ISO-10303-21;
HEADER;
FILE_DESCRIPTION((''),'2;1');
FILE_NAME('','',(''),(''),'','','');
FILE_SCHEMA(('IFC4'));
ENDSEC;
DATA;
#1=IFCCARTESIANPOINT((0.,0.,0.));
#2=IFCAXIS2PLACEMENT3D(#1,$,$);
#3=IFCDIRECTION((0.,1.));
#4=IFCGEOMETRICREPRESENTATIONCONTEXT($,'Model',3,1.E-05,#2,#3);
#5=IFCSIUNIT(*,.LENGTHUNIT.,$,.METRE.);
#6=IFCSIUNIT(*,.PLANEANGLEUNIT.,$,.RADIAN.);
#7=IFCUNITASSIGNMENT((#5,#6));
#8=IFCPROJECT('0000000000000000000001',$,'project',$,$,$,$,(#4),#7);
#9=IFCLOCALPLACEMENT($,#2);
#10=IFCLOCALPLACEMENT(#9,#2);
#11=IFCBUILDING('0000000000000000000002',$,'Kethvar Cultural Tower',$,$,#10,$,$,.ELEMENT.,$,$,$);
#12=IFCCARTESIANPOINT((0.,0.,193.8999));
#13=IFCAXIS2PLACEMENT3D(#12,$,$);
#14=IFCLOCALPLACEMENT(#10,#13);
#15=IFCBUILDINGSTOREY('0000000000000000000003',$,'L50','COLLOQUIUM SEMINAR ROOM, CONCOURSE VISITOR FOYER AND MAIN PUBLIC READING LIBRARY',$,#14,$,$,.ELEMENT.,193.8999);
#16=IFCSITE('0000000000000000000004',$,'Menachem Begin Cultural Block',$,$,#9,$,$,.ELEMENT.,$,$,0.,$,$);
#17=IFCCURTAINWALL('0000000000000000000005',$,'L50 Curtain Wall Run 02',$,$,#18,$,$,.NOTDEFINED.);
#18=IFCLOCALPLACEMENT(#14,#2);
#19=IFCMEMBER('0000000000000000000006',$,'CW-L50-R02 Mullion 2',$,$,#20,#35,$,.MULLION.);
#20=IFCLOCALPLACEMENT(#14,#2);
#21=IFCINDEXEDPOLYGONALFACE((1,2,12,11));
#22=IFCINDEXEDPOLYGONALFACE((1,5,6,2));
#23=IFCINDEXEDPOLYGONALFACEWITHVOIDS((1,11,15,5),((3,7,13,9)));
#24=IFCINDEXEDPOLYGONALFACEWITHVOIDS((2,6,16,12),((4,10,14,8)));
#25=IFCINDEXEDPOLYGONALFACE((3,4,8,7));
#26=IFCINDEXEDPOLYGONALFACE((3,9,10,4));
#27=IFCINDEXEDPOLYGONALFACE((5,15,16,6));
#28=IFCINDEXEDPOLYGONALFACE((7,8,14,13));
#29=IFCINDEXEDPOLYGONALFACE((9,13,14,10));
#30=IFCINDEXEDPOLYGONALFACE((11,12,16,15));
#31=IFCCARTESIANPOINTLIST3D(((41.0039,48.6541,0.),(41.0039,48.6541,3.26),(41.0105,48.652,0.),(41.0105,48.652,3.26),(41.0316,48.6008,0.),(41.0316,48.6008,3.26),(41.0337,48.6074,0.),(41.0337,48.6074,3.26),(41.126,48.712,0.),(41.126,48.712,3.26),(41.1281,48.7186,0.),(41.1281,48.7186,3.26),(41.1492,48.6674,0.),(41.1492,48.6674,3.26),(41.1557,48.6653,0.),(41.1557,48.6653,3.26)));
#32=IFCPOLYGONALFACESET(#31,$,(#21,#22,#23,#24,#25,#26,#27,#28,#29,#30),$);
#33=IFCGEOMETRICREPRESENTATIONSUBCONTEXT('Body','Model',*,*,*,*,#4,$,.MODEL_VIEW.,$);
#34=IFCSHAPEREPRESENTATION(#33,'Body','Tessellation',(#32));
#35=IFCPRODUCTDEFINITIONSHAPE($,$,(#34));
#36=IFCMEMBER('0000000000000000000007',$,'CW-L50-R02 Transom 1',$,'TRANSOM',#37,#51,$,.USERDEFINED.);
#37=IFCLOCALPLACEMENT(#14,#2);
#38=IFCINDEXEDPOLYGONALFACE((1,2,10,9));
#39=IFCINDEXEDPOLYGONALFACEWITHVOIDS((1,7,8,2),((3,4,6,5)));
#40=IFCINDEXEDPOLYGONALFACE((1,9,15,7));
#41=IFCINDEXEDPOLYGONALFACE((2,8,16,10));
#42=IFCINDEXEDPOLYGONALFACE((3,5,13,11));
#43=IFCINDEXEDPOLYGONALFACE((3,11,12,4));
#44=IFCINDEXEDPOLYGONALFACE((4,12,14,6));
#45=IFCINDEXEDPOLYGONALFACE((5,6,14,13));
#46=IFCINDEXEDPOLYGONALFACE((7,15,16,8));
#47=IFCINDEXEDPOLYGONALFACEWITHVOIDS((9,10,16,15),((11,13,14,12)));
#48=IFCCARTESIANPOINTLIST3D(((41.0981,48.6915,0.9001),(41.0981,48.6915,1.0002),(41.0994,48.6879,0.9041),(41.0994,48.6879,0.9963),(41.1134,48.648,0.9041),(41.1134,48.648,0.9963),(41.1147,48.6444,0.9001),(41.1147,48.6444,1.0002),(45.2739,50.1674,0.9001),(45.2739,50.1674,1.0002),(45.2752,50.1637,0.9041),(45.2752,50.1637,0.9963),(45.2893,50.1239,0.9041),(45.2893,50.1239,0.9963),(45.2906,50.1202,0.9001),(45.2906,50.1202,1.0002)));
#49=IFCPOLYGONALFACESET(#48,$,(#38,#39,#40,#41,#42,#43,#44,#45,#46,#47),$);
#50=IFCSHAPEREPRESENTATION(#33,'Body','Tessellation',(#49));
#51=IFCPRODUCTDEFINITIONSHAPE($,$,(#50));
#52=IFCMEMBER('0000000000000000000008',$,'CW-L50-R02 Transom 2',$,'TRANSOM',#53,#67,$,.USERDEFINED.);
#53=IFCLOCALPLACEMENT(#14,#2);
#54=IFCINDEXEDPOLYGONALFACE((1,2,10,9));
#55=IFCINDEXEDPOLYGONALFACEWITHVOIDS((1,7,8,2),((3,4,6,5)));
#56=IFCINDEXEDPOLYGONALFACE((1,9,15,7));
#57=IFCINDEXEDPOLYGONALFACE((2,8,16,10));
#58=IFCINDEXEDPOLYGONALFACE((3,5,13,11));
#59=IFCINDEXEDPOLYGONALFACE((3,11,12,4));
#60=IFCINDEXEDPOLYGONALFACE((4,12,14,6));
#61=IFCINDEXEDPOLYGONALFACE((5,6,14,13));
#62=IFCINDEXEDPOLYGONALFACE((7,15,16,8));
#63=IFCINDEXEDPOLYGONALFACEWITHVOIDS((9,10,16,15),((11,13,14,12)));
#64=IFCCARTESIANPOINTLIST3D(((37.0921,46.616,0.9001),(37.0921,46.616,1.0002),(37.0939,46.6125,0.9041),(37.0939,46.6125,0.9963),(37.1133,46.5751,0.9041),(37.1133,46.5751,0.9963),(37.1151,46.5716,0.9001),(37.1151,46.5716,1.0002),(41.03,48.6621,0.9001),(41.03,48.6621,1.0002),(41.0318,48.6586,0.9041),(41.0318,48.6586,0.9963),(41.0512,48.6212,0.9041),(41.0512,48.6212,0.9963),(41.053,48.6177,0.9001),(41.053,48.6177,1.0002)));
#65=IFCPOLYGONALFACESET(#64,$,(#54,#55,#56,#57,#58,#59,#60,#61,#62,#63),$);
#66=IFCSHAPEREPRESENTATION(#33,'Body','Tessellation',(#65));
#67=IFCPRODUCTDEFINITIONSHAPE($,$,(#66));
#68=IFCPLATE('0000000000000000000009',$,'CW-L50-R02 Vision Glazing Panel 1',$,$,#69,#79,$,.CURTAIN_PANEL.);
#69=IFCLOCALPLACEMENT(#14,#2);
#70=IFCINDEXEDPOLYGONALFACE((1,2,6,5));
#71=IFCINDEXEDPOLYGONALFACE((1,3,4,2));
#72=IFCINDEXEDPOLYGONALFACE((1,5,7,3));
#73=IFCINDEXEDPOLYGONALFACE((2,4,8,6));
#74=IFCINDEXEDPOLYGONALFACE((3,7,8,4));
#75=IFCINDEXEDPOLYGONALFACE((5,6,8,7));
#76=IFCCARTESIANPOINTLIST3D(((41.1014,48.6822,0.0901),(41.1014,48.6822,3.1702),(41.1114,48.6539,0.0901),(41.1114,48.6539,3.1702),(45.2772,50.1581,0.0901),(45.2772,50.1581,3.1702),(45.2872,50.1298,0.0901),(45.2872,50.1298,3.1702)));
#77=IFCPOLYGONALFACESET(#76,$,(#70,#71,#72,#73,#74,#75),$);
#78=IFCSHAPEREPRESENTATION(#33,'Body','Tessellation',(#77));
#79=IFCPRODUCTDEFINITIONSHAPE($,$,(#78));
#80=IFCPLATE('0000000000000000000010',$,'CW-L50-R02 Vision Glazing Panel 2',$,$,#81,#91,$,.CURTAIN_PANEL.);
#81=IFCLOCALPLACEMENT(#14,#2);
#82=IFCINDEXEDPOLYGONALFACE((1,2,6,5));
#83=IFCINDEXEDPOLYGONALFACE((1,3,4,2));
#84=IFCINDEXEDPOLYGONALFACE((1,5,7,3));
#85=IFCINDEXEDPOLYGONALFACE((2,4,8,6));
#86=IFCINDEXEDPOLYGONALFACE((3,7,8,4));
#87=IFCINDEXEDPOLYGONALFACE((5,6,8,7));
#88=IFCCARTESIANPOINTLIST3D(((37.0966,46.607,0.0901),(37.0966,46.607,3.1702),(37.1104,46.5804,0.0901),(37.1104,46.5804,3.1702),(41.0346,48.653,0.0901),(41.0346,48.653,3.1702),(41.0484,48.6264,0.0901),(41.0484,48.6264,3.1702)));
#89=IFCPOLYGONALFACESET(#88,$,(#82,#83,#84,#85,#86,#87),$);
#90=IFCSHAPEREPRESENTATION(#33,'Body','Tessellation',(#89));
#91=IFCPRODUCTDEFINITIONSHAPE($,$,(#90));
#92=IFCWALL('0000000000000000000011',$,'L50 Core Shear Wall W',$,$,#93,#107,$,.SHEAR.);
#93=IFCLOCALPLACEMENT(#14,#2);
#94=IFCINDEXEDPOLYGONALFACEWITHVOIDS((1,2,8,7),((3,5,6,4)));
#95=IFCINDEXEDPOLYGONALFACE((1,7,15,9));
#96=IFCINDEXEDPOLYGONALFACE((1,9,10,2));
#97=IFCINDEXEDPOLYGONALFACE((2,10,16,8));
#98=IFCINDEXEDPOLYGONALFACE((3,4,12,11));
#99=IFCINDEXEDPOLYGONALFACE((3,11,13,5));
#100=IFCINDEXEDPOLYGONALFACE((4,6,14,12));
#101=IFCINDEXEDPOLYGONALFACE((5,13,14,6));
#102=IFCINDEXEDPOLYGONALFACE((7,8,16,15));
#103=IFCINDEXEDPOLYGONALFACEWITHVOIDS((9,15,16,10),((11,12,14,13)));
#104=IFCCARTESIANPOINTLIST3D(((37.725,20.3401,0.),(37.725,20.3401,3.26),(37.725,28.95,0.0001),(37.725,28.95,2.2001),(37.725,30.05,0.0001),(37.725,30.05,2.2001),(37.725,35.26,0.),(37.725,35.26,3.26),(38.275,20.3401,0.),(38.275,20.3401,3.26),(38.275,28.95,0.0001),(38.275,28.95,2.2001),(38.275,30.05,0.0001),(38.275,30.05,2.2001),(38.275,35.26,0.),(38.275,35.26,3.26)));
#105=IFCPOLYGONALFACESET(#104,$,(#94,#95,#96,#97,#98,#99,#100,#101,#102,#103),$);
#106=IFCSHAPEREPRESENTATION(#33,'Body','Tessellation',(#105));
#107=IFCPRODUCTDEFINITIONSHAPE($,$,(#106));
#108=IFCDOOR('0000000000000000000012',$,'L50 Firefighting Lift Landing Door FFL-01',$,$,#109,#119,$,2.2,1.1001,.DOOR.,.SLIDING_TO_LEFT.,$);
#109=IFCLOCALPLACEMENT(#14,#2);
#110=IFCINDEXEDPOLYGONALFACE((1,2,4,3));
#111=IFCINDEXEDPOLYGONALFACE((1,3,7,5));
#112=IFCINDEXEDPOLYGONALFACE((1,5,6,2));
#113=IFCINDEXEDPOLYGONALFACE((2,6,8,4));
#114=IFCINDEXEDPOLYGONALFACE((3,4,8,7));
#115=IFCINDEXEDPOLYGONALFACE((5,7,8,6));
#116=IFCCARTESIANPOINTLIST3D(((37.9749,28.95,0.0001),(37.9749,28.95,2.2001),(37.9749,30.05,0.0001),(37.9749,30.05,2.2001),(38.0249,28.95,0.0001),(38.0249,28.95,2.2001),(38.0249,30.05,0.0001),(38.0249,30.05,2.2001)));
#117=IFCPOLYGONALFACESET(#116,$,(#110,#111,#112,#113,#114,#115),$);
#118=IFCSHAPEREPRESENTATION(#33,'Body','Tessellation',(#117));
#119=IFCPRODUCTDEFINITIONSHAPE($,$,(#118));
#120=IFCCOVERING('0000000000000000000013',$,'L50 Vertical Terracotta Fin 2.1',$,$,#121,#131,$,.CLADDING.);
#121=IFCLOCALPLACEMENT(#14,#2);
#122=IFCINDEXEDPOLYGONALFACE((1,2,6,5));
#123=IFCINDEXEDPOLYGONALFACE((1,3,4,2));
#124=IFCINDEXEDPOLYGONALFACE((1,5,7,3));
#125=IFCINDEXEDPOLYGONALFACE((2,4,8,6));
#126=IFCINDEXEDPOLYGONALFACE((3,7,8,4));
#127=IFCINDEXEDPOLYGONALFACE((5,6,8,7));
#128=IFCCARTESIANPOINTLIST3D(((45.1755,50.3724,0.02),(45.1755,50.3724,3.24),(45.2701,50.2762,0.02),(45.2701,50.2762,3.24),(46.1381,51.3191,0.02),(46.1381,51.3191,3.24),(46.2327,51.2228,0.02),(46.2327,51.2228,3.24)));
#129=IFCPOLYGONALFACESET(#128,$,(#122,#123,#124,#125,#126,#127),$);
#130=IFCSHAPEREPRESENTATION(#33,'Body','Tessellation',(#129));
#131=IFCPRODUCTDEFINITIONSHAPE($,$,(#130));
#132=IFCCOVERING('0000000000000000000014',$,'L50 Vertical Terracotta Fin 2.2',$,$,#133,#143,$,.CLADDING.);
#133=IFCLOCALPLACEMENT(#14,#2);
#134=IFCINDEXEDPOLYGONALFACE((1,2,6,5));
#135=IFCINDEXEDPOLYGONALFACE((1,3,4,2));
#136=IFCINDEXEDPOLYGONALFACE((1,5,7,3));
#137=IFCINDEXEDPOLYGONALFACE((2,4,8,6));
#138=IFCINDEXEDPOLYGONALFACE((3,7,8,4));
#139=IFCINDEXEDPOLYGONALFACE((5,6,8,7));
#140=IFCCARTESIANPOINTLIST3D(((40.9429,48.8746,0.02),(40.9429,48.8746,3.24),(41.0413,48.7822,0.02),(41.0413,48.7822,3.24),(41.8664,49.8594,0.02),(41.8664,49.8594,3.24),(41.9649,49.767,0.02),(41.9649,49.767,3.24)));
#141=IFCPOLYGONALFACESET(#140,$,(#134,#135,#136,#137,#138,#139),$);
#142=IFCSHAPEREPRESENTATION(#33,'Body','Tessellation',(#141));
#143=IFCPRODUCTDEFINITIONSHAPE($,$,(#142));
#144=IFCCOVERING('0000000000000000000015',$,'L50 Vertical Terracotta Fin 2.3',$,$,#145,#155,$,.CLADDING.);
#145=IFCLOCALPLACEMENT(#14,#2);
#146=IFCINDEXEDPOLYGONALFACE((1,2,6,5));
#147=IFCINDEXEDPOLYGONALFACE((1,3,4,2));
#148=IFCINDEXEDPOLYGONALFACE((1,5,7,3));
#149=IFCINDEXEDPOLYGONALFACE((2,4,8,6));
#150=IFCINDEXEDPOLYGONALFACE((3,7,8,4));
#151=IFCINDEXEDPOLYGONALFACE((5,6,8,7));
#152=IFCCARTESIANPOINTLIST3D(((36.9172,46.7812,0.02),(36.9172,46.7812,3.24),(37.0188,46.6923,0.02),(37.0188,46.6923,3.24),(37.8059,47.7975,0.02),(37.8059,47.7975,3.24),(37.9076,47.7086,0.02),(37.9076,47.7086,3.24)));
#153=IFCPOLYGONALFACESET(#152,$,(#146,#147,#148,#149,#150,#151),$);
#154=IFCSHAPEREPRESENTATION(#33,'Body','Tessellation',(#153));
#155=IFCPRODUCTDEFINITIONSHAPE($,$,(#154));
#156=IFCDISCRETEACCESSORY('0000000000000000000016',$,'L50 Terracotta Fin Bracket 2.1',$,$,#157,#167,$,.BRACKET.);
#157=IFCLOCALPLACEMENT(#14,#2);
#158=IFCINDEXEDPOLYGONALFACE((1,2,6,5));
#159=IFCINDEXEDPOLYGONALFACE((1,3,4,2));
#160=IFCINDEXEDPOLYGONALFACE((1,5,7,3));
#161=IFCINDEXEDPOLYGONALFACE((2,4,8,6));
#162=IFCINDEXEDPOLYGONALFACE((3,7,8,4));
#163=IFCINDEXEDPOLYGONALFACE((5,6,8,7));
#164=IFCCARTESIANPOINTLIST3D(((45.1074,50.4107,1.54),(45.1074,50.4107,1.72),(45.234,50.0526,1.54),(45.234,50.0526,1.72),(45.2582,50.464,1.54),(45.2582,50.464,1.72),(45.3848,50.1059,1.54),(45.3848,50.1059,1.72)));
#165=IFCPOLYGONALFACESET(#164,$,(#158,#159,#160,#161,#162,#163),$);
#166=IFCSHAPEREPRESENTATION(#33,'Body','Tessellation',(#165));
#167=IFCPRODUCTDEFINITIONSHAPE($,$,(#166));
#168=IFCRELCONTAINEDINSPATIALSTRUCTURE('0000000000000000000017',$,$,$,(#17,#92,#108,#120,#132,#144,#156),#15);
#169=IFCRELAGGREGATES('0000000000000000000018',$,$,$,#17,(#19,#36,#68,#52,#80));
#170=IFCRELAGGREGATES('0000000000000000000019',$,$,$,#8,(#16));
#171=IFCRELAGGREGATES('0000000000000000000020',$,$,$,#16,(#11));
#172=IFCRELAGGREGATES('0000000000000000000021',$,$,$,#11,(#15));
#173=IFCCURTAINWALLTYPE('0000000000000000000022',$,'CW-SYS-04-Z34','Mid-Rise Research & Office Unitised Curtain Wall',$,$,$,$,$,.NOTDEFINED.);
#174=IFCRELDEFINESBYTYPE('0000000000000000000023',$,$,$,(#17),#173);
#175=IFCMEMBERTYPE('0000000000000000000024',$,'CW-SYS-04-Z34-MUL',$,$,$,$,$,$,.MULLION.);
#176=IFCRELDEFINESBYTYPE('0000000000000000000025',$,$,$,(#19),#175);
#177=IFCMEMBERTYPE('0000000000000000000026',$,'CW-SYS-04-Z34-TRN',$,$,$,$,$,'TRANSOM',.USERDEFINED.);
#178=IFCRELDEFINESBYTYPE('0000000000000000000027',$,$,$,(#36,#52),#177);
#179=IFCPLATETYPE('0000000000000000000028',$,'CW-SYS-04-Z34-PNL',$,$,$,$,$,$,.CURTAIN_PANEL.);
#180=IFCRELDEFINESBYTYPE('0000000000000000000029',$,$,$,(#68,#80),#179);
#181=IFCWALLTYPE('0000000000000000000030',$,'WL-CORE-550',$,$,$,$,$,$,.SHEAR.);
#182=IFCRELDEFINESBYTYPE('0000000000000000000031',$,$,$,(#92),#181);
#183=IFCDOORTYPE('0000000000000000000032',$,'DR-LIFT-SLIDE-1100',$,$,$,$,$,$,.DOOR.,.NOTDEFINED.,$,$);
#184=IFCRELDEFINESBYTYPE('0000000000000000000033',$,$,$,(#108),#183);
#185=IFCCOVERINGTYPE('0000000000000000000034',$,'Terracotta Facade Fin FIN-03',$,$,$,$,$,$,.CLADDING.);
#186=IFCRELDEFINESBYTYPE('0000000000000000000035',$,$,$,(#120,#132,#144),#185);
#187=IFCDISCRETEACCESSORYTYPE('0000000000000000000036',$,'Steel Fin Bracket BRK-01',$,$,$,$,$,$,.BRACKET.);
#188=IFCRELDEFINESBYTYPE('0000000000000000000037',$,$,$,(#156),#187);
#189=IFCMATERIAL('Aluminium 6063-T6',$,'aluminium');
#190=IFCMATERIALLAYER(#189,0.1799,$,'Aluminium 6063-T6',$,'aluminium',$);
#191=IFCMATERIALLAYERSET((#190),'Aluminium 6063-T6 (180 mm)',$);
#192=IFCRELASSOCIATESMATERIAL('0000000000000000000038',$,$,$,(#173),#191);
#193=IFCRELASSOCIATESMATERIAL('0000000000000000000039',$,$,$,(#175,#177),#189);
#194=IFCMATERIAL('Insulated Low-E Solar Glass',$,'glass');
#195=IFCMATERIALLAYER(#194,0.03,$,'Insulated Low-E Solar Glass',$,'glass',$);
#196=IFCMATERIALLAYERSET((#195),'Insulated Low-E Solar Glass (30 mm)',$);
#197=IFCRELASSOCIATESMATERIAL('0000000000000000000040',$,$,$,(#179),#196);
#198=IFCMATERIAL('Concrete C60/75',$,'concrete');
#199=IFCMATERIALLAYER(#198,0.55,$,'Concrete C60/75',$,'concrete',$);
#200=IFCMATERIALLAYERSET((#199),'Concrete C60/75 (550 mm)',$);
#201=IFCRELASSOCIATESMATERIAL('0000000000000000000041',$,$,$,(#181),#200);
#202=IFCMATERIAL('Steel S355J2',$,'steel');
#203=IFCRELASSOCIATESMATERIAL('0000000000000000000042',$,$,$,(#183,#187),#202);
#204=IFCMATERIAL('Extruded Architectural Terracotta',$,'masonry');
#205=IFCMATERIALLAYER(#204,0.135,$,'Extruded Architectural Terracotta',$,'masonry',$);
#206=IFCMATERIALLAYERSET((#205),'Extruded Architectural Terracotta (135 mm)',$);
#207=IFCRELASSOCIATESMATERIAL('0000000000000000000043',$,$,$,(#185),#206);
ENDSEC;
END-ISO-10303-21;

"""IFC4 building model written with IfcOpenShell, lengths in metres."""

from ifc_helpers import new_model, si_unit, direction, frame, frame_2d, origin, origin_2d, place, context, subcontext, project, spatial, rectangle, hollow_rectangle, extrude, source, transform, mapped, material, layer, layer_set, material_profile, profile_set, type_object, element, fill, aggregate, save


model = new_model("IFC4")

# Units and contexts
model_context = context("Model", 3, precision=1e-05, world=origin(), true_north=direction((0.0, 1.0)))
body_context = subcontext(model_context, "Body", "Model", "MODEL_VIEW")
ifc_project = project(units=[si_unit("LENGTHUNIT", "METRE"), si_unit("PLANEANGLEUNIT", "RADIAN")], contexts=[model_context])

# Site, building, storey
site_placement = place(None, origin())
site = spatial("IfcSite", under=ifc_project, at=site_placement, Name="Menachem Begin Cultural Block", CompositionType="ELEMENT", RefElevation=0.0)
building_placement = place(site_placement, origin())
building = spatial("IfcBuilding", under=site, at=building_placement, Name="Kethvar Cultural Tower", CompositionType="ELEMENT")
storey_placement = place(building_placement, frame((0.0, 0.0, 193.8999)))
storey = spatial("IfcBuildingStorey", under=building, at=storey_placement, Name="L50", Description="COLLOQUIUM SEMINAR ROOM, CONCOURSE VISITOR FOYER AND MAIN PUBLIC READING LIBRARY", CompositionType="ELEMENT", Elevation=193.8999)

# Shared definitions
ifc_material_1 = material(Name="Steel S355J2", Category="steel")

# Shared definitions
ifc_material_2 = material(Name="Aluminium 6063-T6", Category="aluminium")
ifc_layer_1 = layer(ifc_material_2, 0.1799, Name="Aluminium 6063-T6", Category="aluminium")
ifc_layer_set_1 = layer_set([ifc_layer_1], Name="Aluminium 6063-T6 (180 mm)")
curtain_wall_type = type_object("IfcCurtainWallType", Name="CW-SYS-04-Z34", Description="Mid-Rise Research & Office Unitised Curtain Wall", PredefinedType="NOTDEFINED", material=ifc_layer_set_1)
ifc_material_profile_1 = material_profile(ifc_material_2, hollow_rectangle(XDim=0.0601, YDim=0.1399, WallThickness=0.0049, at=origin_2d()), Name="Aluminium 6063-T6 — RHS140x60x5")
ifc_profile_set_1 = profile_set([ifc_material_profile_1], Name="Aluminium 6063-T6 — RHS140x60x5")
member_type_1 = type_object("IfcMemberType", Name="CW-SYS-04-Z34-MUL", PredefinedType="MULLION", material=ifc_profile_set_1)
shared_shape_1 = source(origin(), body_context, "Body", "SweptSolid", [
    extrude(hollow_rectangle(XDim=0.0601, YDim=0.1399, WallThickness=0.0049, at=origin_2d()), origin(), (0.0, 0.0, 1.0), 3.26),
])

# Curtain wall, members, plates
curtain_wall_1_placement = place(storey_placement, origin())
curtain_wall_1 = element("IfcCurtainWall", 1, at=curtain_wall_1_placement, inside=storey, type_object=curtain_wall_type, Name="L50 Curtain Wall Run 02", PredefinedType="NOTDEFINED")
member_1_placement = place(storey_placement, frame((41.0798, 48.6597, 0.0), z_axis=(0.0, 0.0, 1.0), x_axis=(0.461036, -0.887381, 0.0)))
member_1 = element("IfcMember", 2, at=member_1_placement, type_object=member_type_1, Name="CW-L50-R02 Mullion 2", PredefinedType="MULLION", context=body_context, shape_type="MappedRepresentation", body=[
    mapped(shared_shape_1, transform((0.0, 0.0, 0.0), scale=1.0)),
])
ifc_material_profile_2 = material_profile(ifc_material_2, hollow_rectangle(XDim=0.05, YDim=0.1001, WallThickness=0.0039, at=origin_2d()), Name="Aluminium 6063-T6 — RHS100x50x4")
ifc_profile_set_2 = profile_set([ifc_material_profile_2], Name="Aluminium 6063-T6 — RHS100x50x4")
member_type_2 = type_object("IfcMemberType", Name="CW-SYS-04-Z34-TRN", ElementType="TRANSOM", PredefinedType="USERDEFINED", material=ifc_profile_set_2)
shared_shape_2 = source(origin(), body_context, "Body", "SweptSolid", [
    extrude(hollow_rectangle(XDim=0.05, YDim=0.1001, WallThickness=0.0039, at=origin_2d()), origin(), (0.0, 0.0, 1.0), 4.429),
])
member_2_placement = place(storey_placement, frame((45.2822, 50.1438, 0.9502), z_axis=(-0.942847, -0.333227, 0.0), x_axis=(0.333227, -0.942847, 0.0)))
member_2 = element("IfcMember", 3, at=member_2_placement, type_object=member_type_2, Name="CW-L50-R02 Transom 1", ObjectType="TRANSOM", PredefinedType="USERDEFINED", context=body_context, shape_type="MappedRepresentation", body=[
    mapped(shared_shape_2, transform((0.0, 0.0, 0.0), scale=1.0)),
])
shared_shape_3 = source(origin(), body_context, "Body", "SweptSolid", [
    extrude(hollow_rectangle(XDim=0.05, YDim=0.1001, WallThickness=0.0039, at=origin_2d()), origin(), (0.0, 0.0, 1.0), 4.4377),
])
member_3_placement = place(storey_placement, frame((41.0415, 48.6399, 0.9502), z_axis=(-0.887365, -0.461067, 0.0), x_axis=(0.461067, -0.887365, 0.0)))
member_3 = element("IfcMember", 4, at=member_3_placement, type_object=member_type_2, Name="CW-L50-R02 Transom 2", ObjectType="TRANSOM", PredefinedType="USERDEFINED", context=body_context, shape_type="MappedRepresentation", body=[
    mapped(shared_shape_3, transform((0.0, 0.0, 0.0), scale=1.0)),
])
ifc_material_3 = material(Name="Insulated Low-E Solar Glass", Category="glass")
ifc_layer_2 = layer(ifc_material_3, 0.03, Name="Insulated Low-E Solar Glass", Category="glass")
ifc_layer_set_2 = layer_set([ifc_layer_2], Name="Insulated Low-E Solar Glass (30 mm)")
plate_type = type_object("IfcPlateType", Name="CW-SYS-04-Z34-PNL", PredefinedType="CURTAIN_PANEL", material=ifc_layer_set_2)
shared_shape_4 = source(origin(), body_context, "Body", "SweptSolid", [
    extrude(rectangle(XDim=4.429, YDim=0.03, at=origin_2d()), origin(), (0.0, 0.0, 1.0), 3.0801),
])
plate_1_placement = place(storey_placement, frame((43.1943, 49.406, 0.0901), z_axis=(0.0, 0.0, 1.0), x_axis=(-0.942839, -0.333247, 0.0)))
plate_1 = element("IfcPlate", 5, at=plate_1_placement, type_object=plate_type, Name="CW-L50-R02 Vision Glazing Panel 1", PredefinedType="CURTAIN_PANEL", context=body_context, shape_type="MappedRepresentation", body=[
    mapped(shared_shape_4, transform((0.0, 0.0, 0.0), scale=1.0)),
])
shared_shape_5 = source(origin(), body_context, "Body", "SweptSolid", [
    extrude(rectangle(XDim=4.4377, YDim=0.03, at=origin_2d()), origin(), (0.0, 0.0, 1.0), 3.0801),
])
plate_2_placement = place(storey_placement, frame((39.0725, 47.6167, 0.0901), z_axis=(0.0, 0.0, 1.0), x_axis=(-0.887381, -0.461036, 0.0)))
plate_2 = element("IfcPlate", 6, at=plate_2_placement, type_object=plate_type, Name="CW-L50-R02 Vision Glazing Panel 2", PredefinedType="CURTAIN_PANEL", context=body_context, shape_type="MappedRepresentation", body=[
    mapped(shared_shape_5, transform((0.0, 0.0, 0.0), scale=1.0)),
])
aggregate(curtain_wall_1, [member_1, member_2, plate_1, member_3, plate_2])

# Wall, opening, door
ifc_material_4 = material(Name="Concrete C60/75", Category="concrete")
ifc_layer_3 = layer(ifc_material_4, 0.55, Name="Concrete C60/75", Category="concrete")
ifc_layer_set_3 = layer_set([ifc_layer_3], Name="Concrete C60/75 (550 mm)")
wall_type = type_object("IfcWallType", Name="WL-CORE-550", PredefinedType="SHEAR", material=ifc_layer_set_3)
wall_placement = place(storey_placement, frame((38.0, 35.26, 0.0), z_axis=(0.0, 0.0, 1.0), x_axis=(0.0, -1.0, 0.0)))
wall = element("IfcWall", 7, at=wall_placement, inside=storey, type_object=wall_type, Name="L50 Core Shear Wall W", PredefinedType="SHEAR", context=body_context, shape_type="SweptSolid", body=[
    extrude(rectangle(XDim=14.9199, YDim=0.55, at=frame_2d((7.46, 0.0))), origin(), (0.0, 0.0, 1.0), 3.26),
])
opening_placement = place(wall_placement, frame((5.21, 0.0, 0.0)))
opening = element("IfcOpeningElement", 8, at=opening_placement, cuts=wall, PredefinedType="OPENING", context=body_context, shape_type="SweptSolid", body=[
    extrude(rectangle(XDim=1.1001, YDim=2.2, at=frame_2d((0.55, 1.1001))), frame((0.0, 0.2849, 0.0), z_axis=(0.0, -1.0, 0.0), x_axis=(1.0, 0.0, 0.0)), (0.0, 0.0, 1.0), 0.5701),
])
door_type = type_object("IfcDoorType", Name="DR-LIFT-SLIDE-1100", OperationType="NOTDEFINED", PredefinedType="DOOR", material=ifc_material_1)
shared_shape_6 = source(origin(), body_context, "Body", "SweptSolid", [
    extrude(rectangle(XDim=1.1001, YDim=2.2, at=frame_2d((0.55, 1.1001))), frame((0.0, 0.0249, 0.0), z_axis=(0.0, -1.0, 0.0), x_axis=(1.0, 0.0, 0.0)), (0.0, 0.0, 1.0), 0.05),
])
door_placement = place(opening_placement, origin())
door = element("IfcDoor", 9, at=door_placement, inside=storey, type_object=door_type, Name="L50 Firefighting Lift Landing Door FFL-01", OperationType="SLIDING_TO_LEFT", OverallHeight=2.2, OverallWidth=1.1001, PredefinedType="DOOR", context=body_context, shape_type="MappedRepresentation", body=[
    mapped(shared_shape_6, transform((0.0, 0.0, 0.0), scale=1.0)),
])
fill(opening, door)

# Coverings
ifc_material_5 = material(Name="Extruded Architectural Terracotta", Category="masonry")
ifc_layer_4 = layer(ifc_material_5, 0.135, Name="Extruded Architectural Terracotta", Category="masonry")
ifc_layer_set_4 = layer_set([ifc_layer_4], Name="Extruded Architectural Terracotta (135 mm)")
covering_type = type_object("IfcCoveringType", Name="Terracotta Facade Fin FIN-03", PredefinedType="CLADDING", material=ifc_layer_set_4)
shared_shape_7 = source(origin(), body_context, "Body", "SweptSolid", [
    extrude(rectangle(XDim=1.3501, YDim=0.135, at=origin_2d()), origin(), (0.0, 0.0, 1.0), 3.22),
])
for number, where, z_axis, x_axis, name in (
    (10, (45.7041, 50.7976, 0.02), (0.0, 0.0, 1.0), (0.713006, 0.701158, 0.0), "L50 Vertical Terracotta Fin 2.1"),
    (11, (41.4539, 49.3208, 0.02), (0.0, 0.0, 1.0), (0.684038, 0.729446, 0.0), "L50 Vertical Terracotta Fin 2.2"),
    (12, (37.4124, 47.2449, 0.02), (0.0, 0.0, 1.0), (0.658295, 0.75276, 0.0), "L50 Vertical Terracotta Fin 2.3"),
):
    element("IfcCovering", number, at=place(storey_placement, frame(where, z_axis=z_axis, x_axis=x_axis)), inside=storey, type_object=covering_type, Name=name, PredefinedType="CLADDING", context=body_context, shape_type="MappedRepresentation", body=[
        mapped(shared_shape_7, transform((0.0, 0.0, 0.0), scale=1.0)),
    ])

# Discrete accessory
discrete_accessory_type = type_object("IfcDiscreteAccessoryType", Name="Steel Fin Bracket BRK-01", PredefinedType="BRACKET", material=ifc_material_1)
shared_shape_8 = source(origin(), body_context, "Body", "SweptSolid", [
    extrude(rectangle(XDim=0.3799, YDim=0.1599, at=origin_2d()), origin(), (0.0, 0.0, 1.0), 0.1799),
])
for number, where, z_axis, x_axis, name in (
    (13, (45.2461, 50.2583, 1.54), (0.0, 0.0, 1.0), (-0.333313, 0.942816, 0.0), "L50 Terracotta Fin Bracket 2.1"),
):
    element("IfcDiscreteAccessory", number, at=place(storey_placement, frame(where, z_axis=z_axis, x_axis=x_axis)), inside=storey, type_object=discrete_accessory_type, Name=name, PredefinedType="BRACKET", context=body_context, shape_type="MappedRepresentation", body=[
        mapped(shared_shape_8, transform((0.0, 0.0, 0.0), scale=1.0)),
    ])

save(model, "model.ifc")
